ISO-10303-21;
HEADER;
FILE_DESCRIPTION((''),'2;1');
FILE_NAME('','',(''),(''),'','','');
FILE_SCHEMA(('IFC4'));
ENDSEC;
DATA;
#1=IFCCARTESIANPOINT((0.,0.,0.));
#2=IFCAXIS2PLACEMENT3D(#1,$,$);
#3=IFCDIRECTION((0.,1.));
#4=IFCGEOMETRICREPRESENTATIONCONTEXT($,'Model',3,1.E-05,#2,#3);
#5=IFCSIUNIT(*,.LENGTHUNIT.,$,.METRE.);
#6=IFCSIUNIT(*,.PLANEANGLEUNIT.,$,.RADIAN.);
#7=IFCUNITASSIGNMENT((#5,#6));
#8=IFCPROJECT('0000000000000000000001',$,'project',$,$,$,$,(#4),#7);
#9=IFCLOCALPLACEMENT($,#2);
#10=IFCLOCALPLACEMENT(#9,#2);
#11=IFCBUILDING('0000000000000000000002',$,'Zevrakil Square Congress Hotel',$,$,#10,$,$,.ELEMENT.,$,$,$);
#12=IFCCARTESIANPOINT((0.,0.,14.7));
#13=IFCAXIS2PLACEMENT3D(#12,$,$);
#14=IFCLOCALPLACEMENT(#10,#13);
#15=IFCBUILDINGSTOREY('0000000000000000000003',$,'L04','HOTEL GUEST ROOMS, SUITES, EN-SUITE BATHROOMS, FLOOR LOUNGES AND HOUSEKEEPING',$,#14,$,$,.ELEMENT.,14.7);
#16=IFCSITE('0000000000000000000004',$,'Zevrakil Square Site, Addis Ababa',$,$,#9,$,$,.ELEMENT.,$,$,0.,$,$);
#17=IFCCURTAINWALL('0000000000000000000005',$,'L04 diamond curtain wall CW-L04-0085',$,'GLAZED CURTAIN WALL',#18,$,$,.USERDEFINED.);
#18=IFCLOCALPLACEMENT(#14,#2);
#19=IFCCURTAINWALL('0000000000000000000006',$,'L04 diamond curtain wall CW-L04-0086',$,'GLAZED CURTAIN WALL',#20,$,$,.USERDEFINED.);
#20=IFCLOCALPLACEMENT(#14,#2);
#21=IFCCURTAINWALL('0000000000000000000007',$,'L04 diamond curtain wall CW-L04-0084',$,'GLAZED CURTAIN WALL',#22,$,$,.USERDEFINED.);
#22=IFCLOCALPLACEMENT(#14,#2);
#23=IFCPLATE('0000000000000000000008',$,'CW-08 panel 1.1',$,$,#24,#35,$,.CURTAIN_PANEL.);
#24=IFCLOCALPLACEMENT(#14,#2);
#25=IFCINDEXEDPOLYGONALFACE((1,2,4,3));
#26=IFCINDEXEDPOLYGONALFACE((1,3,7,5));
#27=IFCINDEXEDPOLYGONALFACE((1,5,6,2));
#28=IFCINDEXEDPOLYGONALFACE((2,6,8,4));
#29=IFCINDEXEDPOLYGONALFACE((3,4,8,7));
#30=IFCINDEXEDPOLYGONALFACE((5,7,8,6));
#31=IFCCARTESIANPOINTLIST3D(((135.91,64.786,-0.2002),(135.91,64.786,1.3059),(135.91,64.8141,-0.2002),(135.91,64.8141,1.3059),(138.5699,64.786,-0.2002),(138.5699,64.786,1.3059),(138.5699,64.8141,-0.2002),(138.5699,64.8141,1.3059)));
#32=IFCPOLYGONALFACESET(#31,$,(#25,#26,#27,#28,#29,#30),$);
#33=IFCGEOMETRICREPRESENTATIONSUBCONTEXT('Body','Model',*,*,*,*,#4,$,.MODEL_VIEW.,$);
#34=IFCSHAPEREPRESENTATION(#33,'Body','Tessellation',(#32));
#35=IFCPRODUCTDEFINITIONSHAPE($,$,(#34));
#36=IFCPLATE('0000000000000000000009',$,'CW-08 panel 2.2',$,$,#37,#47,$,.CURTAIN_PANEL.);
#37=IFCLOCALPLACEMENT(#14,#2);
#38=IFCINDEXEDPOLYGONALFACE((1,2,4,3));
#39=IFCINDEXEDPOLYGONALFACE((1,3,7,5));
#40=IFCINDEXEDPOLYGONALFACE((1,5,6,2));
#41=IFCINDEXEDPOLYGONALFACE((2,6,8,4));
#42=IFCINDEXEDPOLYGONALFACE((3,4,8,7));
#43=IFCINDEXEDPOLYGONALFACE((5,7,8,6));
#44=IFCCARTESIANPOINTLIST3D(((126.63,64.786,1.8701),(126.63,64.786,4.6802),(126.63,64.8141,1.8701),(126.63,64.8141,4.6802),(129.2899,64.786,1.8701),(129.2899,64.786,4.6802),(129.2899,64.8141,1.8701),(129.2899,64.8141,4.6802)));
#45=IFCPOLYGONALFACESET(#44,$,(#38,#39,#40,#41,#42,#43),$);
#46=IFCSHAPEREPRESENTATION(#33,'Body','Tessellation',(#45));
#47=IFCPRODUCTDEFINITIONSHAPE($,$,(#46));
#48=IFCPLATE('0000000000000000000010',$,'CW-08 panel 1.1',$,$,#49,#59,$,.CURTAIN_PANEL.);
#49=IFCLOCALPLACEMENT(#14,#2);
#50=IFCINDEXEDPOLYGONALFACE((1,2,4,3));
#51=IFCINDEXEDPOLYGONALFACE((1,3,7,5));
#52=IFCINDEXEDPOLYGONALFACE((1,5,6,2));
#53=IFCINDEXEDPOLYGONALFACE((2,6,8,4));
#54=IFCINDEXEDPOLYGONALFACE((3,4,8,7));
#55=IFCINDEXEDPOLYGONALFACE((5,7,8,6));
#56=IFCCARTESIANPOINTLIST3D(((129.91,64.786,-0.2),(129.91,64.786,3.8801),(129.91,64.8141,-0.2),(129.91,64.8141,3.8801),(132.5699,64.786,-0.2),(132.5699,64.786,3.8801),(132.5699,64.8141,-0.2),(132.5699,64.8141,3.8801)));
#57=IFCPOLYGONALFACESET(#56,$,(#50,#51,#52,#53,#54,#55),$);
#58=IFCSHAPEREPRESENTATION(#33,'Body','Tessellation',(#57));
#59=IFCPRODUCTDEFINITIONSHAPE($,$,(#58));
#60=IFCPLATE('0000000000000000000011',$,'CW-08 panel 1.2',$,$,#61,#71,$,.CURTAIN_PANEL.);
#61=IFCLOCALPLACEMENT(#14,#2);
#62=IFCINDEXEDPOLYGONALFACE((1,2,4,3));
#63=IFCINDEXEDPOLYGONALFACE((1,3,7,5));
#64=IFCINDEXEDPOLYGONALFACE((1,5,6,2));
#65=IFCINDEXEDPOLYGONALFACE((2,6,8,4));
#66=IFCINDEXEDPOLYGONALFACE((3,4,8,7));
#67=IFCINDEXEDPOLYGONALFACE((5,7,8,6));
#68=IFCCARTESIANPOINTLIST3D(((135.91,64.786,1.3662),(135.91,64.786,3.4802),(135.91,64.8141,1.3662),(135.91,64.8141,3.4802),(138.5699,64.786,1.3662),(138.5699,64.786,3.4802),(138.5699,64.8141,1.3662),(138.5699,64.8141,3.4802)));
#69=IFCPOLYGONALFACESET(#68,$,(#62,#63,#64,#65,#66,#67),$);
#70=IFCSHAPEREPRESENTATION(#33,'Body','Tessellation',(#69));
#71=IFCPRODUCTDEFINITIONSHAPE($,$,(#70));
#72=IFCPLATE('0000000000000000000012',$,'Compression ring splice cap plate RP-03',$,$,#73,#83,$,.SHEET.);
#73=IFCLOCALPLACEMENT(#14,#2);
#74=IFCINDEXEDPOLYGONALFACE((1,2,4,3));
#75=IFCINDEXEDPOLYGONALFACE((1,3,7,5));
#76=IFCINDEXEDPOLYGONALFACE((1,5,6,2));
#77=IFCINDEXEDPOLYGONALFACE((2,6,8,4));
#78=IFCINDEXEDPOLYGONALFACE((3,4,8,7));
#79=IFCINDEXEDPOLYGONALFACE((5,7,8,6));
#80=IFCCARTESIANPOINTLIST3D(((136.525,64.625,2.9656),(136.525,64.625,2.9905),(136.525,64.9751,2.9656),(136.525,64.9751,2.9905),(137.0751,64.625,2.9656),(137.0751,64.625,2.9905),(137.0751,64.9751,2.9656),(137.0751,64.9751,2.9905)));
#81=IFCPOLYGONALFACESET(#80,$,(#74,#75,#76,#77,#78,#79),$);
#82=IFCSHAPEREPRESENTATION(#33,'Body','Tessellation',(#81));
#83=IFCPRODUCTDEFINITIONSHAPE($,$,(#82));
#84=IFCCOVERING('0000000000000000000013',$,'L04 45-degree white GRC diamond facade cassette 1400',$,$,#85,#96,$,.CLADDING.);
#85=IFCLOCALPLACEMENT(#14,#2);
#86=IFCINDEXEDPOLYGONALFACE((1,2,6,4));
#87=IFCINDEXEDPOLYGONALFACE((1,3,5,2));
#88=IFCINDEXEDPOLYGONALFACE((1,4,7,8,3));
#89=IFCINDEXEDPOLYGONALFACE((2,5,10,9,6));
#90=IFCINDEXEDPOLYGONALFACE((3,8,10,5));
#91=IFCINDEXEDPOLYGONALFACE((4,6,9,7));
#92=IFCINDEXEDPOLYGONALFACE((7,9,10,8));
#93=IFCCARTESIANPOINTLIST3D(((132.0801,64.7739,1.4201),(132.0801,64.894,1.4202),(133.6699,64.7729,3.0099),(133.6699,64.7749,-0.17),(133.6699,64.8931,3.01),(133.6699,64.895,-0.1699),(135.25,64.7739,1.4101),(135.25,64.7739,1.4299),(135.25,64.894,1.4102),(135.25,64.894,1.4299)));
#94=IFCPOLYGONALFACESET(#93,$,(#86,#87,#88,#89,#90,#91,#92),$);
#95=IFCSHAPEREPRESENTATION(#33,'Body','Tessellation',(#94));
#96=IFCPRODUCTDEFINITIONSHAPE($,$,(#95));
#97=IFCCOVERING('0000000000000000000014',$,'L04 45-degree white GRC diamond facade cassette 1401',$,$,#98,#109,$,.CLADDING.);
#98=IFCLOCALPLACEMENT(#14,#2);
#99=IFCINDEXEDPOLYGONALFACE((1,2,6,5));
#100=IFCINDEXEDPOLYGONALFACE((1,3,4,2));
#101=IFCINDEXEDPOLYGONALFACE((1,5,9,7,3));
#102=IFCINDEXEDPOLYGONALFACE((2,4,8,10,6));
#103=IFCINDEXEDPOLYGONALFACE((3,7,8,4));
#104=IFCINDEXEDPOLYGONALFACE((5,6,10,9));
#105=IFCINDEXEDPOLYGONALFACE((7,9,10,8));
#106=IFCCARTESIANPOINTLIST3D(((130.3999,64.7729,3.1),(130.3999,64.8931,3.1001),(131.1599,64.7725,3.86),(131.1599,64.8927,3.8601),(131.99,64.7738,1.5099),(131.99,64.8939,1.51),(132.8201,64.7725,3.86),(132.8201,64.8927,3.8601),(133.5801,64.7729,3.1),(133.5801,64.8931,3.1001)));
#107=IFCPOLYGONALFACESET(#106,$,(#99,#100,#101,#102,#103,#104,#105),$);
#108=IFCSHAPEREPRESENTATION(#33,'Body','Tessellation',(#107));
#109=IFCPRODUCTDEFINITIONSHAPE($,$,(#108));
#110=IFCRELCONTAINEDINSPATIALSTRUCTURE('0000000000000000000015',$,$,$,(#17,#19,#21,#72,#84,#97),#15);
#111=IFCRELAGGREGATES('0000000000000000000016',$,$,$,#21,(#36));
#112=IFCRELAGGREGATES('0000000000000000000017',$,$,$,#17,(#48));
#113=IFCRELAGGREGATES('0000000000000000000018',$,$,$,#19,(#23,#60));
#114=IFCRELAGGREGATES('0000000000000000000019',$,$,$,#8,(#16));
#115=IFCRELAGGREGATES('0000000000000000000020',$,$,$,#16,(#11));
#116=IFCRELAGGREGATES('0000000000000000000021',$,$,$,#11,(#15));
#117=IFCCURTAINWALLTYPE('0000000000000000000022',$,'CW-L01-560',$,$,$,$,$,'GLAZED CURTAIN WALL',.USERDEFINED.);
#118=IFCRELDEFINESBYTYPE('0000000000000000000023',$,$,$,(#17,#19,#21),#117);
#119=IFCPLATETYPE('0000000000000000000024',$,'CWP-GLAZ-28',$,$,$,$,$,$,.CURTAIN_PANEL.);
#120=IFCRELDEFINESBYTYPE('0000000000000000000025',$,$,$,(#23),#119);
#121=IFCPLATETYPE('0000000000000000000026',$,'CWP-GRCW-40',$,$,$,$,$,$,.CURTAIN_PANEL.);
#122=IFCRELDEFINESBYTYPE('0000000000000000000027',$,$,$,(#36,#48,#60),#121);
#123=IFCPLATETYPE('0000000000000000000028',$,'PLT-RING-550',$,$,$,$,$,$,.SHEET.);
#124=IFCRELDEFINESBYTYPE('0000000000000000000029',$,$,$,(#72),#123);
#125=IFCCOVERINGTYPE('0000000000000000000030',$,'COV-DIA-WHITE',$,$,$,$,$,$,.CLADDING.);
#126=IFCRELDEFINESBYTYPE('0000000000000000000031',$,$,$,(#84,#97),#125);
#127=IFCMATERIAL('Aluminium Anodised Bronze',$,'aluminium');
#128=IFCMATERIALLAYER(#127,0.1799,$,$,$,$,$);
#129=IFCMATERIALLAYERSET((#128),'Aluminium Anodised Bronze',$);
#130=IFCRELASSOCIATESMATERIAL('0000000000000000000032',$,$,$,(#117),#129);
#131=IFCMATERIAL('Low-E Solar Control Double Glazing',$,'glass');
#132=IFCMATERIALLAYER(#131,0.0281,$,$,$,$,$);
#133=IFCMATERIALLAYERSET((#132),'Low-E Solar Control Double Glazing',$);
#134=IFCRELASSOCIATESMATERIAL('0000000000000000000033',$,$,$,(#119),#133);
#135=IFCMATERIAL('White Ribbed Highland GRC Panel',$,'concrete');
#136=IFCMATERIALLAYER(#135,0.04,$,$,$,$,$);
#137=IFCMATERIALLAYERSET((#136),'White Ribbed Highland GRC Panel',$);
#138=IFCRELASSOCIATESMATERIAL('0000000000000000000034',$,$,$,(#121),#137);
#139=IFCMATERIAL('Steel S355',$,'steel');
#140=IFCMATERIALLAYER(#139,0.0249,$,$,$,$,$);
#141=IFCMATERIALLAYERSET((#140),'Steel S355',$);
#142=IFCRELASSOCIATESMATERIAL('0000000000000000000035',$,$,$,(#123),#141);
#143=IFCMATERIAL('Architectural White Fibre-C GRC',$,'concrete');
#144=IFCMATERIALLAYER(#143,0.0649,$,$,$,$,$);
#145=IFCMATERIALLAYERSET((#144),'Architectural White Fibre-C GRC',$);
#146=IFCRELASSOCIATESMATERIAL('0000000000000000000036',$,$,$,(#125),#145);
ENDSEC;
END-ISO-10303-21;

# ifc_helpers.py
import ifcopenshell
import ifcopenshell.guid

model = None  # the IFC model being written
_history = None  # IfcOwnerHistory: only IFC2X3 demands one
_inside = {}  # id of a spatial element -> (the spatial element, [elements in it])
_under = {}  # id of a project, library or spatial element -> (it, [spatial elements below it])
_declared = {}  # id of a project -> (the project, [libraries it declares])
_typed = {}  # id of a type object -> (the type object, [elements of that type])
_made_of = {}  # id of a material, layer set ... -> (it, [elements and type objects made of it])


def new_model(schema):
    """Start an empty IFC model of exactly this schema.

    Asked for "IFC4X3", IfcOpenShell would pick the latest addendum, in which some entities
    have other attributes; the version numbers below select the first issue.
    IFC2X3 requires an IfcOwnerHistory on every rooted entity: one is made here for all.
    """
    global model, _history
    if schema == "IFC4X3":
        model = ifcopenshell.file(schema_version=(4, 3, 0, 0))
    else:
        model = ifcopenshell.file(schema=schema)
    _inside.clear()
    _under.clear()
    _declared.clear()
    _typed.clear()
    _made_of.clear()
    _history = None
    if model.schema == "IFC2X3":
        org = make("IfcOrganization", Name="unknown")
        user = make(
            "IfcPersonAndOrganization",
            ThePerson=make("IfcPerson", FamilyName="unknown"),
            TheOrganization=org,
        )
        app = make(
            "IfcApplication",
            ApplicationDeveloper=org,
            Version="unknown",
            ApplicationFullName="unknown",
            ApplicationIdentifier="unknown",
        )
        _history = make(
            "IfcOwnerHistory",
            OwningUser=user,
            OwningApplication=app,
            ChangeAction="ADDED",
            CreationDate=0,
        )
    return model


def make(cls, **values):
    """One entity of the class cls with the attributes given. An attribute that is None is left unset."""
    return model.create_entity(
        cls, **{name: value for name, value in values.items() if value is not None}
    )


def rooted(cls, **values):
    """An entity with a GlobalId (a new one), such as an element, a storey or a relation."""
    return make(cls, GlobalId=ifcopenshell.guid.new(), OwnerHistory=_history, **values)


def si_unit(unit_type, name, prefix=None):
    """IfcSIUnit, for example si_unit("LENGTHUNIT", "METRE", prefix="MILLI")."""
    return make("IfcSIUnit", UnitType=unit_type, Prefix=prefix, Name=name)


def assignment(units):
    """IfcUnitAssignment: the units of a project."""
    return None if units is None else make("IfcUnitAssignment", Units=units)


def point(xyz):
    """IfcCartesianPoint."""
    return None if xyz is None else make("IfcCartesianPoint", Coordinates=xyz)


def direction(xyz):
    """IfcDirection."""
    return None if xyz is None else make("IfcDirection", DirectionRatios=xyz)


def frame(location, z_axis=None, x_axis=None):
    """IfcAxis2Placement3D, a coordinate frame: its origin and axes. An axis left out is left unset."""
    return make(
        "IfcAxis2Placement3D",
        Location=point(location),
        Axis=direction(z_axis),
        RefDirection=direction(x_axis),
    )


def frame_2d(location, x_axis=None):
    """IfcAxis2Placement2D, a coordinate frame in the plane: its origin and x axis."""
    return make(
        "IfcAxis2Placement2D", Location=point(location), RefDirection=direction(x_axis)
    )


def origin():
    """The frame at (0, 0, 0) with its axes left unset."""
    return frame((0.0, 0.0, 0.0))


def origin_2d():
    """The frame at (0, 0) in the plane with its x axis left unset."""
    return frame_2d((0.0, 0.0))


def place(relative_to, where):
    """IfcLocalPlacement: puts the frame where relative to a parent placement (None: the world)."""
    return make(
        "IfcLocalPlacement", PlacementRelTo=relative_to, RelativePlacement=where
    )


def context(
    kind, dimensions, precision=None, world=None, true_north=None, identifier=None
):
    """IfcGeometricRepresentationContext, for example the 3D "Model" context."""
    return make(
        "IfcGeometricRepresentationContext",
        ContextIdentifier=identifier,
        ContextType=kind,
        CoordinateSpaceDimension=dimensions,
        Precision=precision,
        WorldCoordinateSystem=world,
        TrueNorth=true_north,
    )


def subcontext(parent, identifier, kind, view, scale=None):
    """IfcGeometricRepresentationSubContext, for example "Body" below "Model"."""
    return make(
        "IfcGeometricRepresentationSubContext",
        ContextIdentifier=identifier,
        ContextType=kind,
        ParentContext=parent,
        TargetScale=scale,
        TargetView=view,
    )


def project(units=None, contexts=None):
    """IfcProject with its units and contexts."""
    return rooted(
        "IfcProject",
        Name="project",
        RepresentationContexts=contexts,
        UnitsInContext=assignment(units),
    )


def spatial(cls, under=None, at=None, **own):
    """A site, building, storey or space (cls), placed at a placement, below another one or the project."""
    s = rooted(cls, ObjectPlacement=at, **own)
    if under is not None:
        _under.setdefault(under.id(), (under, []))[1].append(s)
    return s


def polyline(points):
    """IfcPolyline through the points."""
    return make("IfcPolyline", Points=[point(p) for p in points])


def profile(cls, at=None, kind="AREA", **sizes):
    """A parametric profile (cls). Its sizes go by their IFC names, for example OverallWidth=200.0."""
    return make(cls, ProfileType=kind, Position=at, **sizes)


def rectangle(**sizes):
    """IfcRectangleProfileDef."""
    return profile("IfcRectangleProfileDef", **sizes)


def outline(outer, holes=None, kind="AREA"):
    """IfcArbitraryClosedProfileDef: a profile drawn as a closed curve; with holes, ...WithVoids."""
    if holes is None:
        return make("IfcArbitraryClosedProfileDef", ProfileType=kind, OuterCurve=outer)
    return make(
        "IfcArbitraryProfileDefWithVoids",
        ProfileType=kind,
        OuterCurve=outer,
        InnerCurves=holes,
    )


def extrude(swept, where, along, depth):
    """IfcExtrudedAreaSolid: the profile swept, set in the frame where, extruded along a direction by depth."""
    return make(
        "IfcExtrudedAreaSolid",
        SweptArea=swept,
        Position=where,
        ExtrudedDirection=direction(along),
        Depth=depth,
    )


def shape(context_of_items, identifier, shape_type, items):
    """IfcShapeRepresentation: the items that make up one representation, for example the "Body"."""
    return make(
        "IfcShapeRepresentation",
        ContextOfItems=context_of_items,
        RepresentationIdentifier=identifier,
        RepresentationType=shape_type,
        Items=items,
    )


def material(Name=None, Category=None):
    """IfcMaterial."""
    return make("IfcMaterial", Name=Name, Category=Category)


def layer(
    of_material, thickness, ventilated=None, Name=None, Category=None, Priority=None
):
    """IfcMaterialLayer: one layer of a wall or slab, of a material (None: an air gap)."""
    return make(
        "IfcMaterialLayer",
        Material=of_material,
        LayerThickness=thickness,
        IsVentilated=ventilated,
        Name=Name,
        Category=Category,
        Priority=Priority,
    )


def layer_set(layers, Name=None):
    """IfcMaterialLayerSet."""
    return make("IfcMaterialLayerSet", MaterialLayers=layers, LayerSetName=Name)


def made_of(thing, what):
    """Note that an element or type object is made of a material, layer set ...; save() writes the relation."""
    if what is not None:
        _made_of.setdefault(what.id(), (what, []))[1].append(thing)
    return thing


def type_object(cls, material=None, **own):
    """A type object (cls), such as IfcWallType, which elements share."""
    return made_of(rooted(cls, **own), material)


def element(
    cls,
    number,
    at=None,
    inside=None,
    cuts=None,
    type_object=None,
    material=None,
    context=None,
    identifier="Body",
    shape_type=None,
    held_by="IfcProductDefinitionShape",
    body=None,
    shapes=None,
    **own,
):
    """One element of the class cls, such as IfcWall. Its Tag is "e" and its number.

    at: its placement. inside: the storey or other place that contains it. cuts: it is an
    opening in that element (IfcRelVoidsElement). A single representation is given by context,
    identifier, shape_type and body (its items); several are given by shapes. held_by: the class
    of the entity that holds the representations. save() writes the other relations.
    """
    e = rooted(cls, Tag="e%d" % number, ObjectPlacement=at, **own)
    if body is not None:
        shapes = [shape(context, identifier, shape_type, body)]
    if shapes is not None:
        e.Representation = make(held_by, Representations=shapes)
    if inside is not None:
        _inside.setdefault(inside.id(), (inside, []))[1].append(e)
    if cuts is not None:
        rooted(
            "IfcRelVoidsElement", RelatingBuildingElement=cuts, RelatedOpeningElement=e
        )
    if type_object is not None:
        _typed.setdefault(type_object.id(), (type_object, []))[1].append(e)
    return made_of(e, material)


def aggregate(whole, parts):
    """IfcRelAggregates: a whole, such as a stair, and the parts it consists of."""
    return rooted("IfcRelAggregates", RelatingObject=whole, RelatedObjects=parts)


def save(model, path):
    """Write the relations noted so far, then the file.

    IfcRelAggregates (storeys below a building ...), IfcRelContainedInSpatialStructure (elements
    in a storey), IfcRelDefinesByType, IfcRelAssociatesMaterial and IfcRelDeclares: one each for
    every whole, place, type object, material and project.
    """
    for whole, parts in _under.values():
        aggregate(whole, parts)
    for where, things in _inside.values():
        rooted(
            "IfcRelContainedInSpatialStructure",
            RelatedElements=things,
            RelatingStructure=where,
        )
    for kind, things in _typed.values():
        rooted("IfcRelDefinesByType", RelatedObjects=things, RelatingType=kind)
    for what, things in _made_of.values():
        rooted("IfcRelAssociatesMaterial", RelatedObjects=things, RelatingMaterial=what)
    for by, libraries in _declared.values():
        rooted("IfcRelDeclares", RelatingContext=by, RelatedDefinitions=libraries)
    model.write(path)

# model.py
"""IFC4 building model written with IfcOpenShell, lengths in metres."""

from ifc_helpers import new_model, si_unit, direction, frame, origin, origin_2d, place, context, subcontext, project, spatial, polyline, rectangle, outline, extrude, material, layer, layer_set, type_object, element, aggregate, save


model = new_model("IFC4")

# Units and contexts
model_context = context("Model", 3, precision=1e-05, world=origin(), true_north=direction((0.0, 1.0)))
body_context = subcontext(model_context, "Body", "Model", "MODEL_VIEW")
ifc_project = project(units=[si_unit("LENGTHUNIT", "METRE"), si_unit("PLANEANGLEUNIT", "RADIAN")], contexts=[model_context])

# Site, building, storey
site_placement = place(None, origin())
site = spatial("IfcSite", under=ifc_project, at=site_placement, Name="Zevrakil Square Site, Addis Ababa", CompositionType="ELEMENT", RefElevation=0.0)
building_placement = place(site_placement, origin())
building = spatial("IfcBuilding", under=site, at=building_placement, Name="Zevrakil Square Congress Hotel", CompositionType="ELEMENT")
storey_placement = place(building_placement, frame((0.0, 0.0, 14.7)))
storey = spatial("IfcBuildingStorey", under=building, at=storey_placement, Name="L04", Description="HOTEL GUEST ROOMS, SUITES, EN-SUITE BATHROOMS, FLOOR LOUNGES AND HOUSEKEEPING", CompositionType="ELEMENT", Elevation=14.7)

# Curtain walls
ifc_material_1 = material(Name="Aluminium Anodised Bronze", Category="aluminium")
ifc_layer_1 = layer(ifc_material_1, 0.1799)
ifc_layer_set_1 = layer_set([ifc_layer_1], Name="Aluminium Anodised Bronze")
curtain_wall_type = type_object("IfcCurtainWallType", Name="CW-L01-560", ElementType="GLAZED CURTAIN WALL", PredefinedType="USERDEFINED", material=ifc_layer_set_1)
curtain_wall_1_placement = place(storey_placement, origin())
curtain_wall_1 = element("IfcCurtainWall", 1, at=curtain_wall_1_placement, inside=storey, type_object=curtain_wall_type, Name="L04 diamond curtain wall CW-L04-0085", ObjectType="GLAZED CURTAIN WALL", PredefinedType="USERDEFINED")
curtain_wall_2_placement = place(storey_placement, origin())
curtain_wall_2 = element("IfcCurtainWall", 2, at=curtain_wall_2_placement, inside=storey, type_object=curtain_wall_type, Name="L04 diamond curtain wall CW-L04-0086", ObjectType="GLAZED CURTAIN WALL", PredefinedType="USERDEFINED")

# Curtain wall
curtain_wall_3_placement = place(storey_placement, origin())
curtain_wall_3 = element("IfcCurtainWall", 3, at=curtain_wall_3_placement, inside=storey, type_object=curtain_wall_type, Name="L04 diamond curtain wall CW-L04-0084", ObjectType="GLAZED CURTAIN WALL", PredefinedType="USERDEFINED")

# Plates
ifc_material_2 = material(Name="Low-E Solar Control Double Glazing", Category="glass")
ifc_layer_2 = layer(ifc_material_2, 0.0281)
ifc_layer_set_2 = layer_set([ifc_layer_2], Name="Low-E Solar Control Double Glazing")
plate_type_1 = type_object("IfcPlateType", Name="CWP-GLAZ-28", PredefinedType="CURTAIN_PANEL", material=ifc_layer_set_2)
plate_1_placement = place(storey_placement, frame((137.24, 64.8, -0.2002), z_axis=(0.0, 0.0, 1.0), x_axis=(1.0, 0.0, 0.0)))
plate_1 = element("IfcPlate", 4, at=plate_1_placement, type_object=plate_type_1, Name="CW-08 panel 1.1", PredefinedType="CURTAIN_PANEL", context=body_context, shape_type="SweptSolid", body=[
    extrude(rectangle(XDim=2.6599, YDim=0.0281, at=origin_2d()), origin(), (0.0, 0.0, 1.0), 1.5061),
])
ifc_material_3 = material(Name="White Ribbed Highland GRC Panel", Category="concrete")
ifc_layer_3 = layer(ifc_material_3, 0.04)
ifc_layer_set_3 = layer_set([ifc_layer_3], Name="White Ribbed Highland GRC Panel")
plate_type_2 = type_object("IfcPlateType", Name="CWP-GRCW-40", PredefinedType="CURTAIN_PANEL", material=ifc_layer_set_3)
plate_2_placement = place(storey_placement, frame((127.96, 64.8, 1.8701), z_axis=(0.0, 0.0, 1.0), x_axis=(1.0, 0.0, 0.0)))
plate_2 = element("IfcPlate", 5, at=plate_2_placement, type_object=plate_type_2, Name="CW-08 panel 2.2", PredefinedType="CURTAIN_PANEL", context=body_context, shape_type="SweptSolid", body=[
    extrude(rectangle(XDim=2.6599, YDim=0.0281, at=origin_2d()), origin(), (0.0, 0.0, 1.0), 2.8101),
])
aggregate(curtain_wall_3, [plate_2])
plate_3_placement = place(storey_placement, frame((131.24, 64.8, -0.2), z_axis=(0.0, 0.0, 1.0), x_axis=(1.0, 0.0, 0.0)))
plate_3 = element("IfcPlate", 6, at=plate_3_placement, type_object=plate_type_2, Name="CW-08 panel 1.1", PredefinedType="CURTAIN_PANEL", context=body_context, shape_type="SweptSolid", body=[
    extrude(rectangle(XDim=2.6599, YDim=0.0281, at=origin_2d()), origin(), (0.0, 0.0, 1.0), 4.0801),
])
aggregate(curtain_wall_1, [plate_3])
plate_4_placement = place(storey_placement, frame((137.24, 64.8, 1.3662), z_axis=(0.0, 0.0, 1.0), x_axis=(1.0, 0.0, 0.0)))
plate_4 = element("IfcPlate", 7, at=plate_4_placement, type_object=plate_type_2, Name="CW-08 panel 1.2", PredefinedType="CURTAIN_PANEL", context=body_context, shape_type="SweptSolid", body=[
    extrude(rectangle(XDim=2.6599, YDim=0.0281, at=origin_2d()), origin(), (0.0, 0.0, 1.0), 2.114),
])
aggregate(curtain_wall_2, [plate_1, plate_4])
ifc_material_4 = material(Name="Steel S355", Category="steel")
ifc_layer_4 = layer(ifc_material_4, 0.0249)
ifc_layer_set_4 = layer_set([ifc_layer_4], Name="Steel S355")
plate_type_3 = type_object("IfcPlateType", Name="PLT-RING-550", PredefinedType="SHEET", material=ifc_layer_set_4)
plate_5_placement = place(storey_placement, frame((136.8, 64.8, 2.9656), z_axis=(0.0, 0.0, 1.0), x_axis=(1.0, 0.0, 0.0)))
element("IfcPlate", 8, at=plate_5_placement, inside=storey, type_object=plate_type_3, Name="Compression ring splice cap plate RP-03", PredefinedType="SHEET", context=body_context, shape_type="SweptSolid", body=[
    extrude(rectangle(XDim=0.55, YDim=0.3501, at=origin_2d()), origin(), (0.0, 0.0, 1.0), 0.0249),
])

# Coverings
ifc_material_5 = material(Name="Architectural White Fibre-C GRC", Category="concrete")
ifc_layer_5 = layer(ifc_material_5, 0.0649)
ifc_layer_set_5 = layer_set([ifc_layer_5], Name="Architectural White Fibre-C GRC")
covering_type = type_object("IfcCoveringType", Name="COV-DIA-WHITE", PredefinedType="CLADDING", material=ifc_layer_set_5)
covering_1_placement = place(storey_placement, frame((133.6699, 64.8931, 3.01), z_axis=(0.0, 1.0, 0.000612), x_axis=(-0.707107, 0.000433, -0.707107)))
element("IfcCovering", 9, at=covering_1_placement, inside=storey, type_object=covering_type, Name="L04 45-degree white GRC diamond facade cassette 1400", PredefinedType="CLADDING", context=body_context, shape_type="SweptSolid", body=[
    extrude(outline(polyline([(0.0, 0.0), (2.2484, 0.0), (2.2486, -2.2486), (0.014, -2.2486), (0.0, -2.2346), (0.0, 0.0)])), origin(), (0.0, 0.0, -1.0), 0.1201),
])
covering_2_placement = place(storey_placement, frame((130.3999, 64.8931, 3.1001), z_axis=(0.0, 1.0, 0.000537), x_axis=(0.707107, 0.00038, -0.707107)))
element("IfcCovering", 10, at=covering_2_placement, inside=storey, type_object=covering_type, Name="L04 45-degree white GRC diamond facade cassette 1401", PredefinedType="CLADDING", context=body_context, shape_type="SweptSolid", body=[
    extrude(outline(polyline([(0.0, 0.0), (2.2487, 0.0), (2.2487, -2.2487), (1.1739, -2.2487), (0.0, -1.0748), (0.0, 0.0)])), origin(), (0.0, 0.0, -1.0), 0.1201),
])

save(model, "model.ifc")
